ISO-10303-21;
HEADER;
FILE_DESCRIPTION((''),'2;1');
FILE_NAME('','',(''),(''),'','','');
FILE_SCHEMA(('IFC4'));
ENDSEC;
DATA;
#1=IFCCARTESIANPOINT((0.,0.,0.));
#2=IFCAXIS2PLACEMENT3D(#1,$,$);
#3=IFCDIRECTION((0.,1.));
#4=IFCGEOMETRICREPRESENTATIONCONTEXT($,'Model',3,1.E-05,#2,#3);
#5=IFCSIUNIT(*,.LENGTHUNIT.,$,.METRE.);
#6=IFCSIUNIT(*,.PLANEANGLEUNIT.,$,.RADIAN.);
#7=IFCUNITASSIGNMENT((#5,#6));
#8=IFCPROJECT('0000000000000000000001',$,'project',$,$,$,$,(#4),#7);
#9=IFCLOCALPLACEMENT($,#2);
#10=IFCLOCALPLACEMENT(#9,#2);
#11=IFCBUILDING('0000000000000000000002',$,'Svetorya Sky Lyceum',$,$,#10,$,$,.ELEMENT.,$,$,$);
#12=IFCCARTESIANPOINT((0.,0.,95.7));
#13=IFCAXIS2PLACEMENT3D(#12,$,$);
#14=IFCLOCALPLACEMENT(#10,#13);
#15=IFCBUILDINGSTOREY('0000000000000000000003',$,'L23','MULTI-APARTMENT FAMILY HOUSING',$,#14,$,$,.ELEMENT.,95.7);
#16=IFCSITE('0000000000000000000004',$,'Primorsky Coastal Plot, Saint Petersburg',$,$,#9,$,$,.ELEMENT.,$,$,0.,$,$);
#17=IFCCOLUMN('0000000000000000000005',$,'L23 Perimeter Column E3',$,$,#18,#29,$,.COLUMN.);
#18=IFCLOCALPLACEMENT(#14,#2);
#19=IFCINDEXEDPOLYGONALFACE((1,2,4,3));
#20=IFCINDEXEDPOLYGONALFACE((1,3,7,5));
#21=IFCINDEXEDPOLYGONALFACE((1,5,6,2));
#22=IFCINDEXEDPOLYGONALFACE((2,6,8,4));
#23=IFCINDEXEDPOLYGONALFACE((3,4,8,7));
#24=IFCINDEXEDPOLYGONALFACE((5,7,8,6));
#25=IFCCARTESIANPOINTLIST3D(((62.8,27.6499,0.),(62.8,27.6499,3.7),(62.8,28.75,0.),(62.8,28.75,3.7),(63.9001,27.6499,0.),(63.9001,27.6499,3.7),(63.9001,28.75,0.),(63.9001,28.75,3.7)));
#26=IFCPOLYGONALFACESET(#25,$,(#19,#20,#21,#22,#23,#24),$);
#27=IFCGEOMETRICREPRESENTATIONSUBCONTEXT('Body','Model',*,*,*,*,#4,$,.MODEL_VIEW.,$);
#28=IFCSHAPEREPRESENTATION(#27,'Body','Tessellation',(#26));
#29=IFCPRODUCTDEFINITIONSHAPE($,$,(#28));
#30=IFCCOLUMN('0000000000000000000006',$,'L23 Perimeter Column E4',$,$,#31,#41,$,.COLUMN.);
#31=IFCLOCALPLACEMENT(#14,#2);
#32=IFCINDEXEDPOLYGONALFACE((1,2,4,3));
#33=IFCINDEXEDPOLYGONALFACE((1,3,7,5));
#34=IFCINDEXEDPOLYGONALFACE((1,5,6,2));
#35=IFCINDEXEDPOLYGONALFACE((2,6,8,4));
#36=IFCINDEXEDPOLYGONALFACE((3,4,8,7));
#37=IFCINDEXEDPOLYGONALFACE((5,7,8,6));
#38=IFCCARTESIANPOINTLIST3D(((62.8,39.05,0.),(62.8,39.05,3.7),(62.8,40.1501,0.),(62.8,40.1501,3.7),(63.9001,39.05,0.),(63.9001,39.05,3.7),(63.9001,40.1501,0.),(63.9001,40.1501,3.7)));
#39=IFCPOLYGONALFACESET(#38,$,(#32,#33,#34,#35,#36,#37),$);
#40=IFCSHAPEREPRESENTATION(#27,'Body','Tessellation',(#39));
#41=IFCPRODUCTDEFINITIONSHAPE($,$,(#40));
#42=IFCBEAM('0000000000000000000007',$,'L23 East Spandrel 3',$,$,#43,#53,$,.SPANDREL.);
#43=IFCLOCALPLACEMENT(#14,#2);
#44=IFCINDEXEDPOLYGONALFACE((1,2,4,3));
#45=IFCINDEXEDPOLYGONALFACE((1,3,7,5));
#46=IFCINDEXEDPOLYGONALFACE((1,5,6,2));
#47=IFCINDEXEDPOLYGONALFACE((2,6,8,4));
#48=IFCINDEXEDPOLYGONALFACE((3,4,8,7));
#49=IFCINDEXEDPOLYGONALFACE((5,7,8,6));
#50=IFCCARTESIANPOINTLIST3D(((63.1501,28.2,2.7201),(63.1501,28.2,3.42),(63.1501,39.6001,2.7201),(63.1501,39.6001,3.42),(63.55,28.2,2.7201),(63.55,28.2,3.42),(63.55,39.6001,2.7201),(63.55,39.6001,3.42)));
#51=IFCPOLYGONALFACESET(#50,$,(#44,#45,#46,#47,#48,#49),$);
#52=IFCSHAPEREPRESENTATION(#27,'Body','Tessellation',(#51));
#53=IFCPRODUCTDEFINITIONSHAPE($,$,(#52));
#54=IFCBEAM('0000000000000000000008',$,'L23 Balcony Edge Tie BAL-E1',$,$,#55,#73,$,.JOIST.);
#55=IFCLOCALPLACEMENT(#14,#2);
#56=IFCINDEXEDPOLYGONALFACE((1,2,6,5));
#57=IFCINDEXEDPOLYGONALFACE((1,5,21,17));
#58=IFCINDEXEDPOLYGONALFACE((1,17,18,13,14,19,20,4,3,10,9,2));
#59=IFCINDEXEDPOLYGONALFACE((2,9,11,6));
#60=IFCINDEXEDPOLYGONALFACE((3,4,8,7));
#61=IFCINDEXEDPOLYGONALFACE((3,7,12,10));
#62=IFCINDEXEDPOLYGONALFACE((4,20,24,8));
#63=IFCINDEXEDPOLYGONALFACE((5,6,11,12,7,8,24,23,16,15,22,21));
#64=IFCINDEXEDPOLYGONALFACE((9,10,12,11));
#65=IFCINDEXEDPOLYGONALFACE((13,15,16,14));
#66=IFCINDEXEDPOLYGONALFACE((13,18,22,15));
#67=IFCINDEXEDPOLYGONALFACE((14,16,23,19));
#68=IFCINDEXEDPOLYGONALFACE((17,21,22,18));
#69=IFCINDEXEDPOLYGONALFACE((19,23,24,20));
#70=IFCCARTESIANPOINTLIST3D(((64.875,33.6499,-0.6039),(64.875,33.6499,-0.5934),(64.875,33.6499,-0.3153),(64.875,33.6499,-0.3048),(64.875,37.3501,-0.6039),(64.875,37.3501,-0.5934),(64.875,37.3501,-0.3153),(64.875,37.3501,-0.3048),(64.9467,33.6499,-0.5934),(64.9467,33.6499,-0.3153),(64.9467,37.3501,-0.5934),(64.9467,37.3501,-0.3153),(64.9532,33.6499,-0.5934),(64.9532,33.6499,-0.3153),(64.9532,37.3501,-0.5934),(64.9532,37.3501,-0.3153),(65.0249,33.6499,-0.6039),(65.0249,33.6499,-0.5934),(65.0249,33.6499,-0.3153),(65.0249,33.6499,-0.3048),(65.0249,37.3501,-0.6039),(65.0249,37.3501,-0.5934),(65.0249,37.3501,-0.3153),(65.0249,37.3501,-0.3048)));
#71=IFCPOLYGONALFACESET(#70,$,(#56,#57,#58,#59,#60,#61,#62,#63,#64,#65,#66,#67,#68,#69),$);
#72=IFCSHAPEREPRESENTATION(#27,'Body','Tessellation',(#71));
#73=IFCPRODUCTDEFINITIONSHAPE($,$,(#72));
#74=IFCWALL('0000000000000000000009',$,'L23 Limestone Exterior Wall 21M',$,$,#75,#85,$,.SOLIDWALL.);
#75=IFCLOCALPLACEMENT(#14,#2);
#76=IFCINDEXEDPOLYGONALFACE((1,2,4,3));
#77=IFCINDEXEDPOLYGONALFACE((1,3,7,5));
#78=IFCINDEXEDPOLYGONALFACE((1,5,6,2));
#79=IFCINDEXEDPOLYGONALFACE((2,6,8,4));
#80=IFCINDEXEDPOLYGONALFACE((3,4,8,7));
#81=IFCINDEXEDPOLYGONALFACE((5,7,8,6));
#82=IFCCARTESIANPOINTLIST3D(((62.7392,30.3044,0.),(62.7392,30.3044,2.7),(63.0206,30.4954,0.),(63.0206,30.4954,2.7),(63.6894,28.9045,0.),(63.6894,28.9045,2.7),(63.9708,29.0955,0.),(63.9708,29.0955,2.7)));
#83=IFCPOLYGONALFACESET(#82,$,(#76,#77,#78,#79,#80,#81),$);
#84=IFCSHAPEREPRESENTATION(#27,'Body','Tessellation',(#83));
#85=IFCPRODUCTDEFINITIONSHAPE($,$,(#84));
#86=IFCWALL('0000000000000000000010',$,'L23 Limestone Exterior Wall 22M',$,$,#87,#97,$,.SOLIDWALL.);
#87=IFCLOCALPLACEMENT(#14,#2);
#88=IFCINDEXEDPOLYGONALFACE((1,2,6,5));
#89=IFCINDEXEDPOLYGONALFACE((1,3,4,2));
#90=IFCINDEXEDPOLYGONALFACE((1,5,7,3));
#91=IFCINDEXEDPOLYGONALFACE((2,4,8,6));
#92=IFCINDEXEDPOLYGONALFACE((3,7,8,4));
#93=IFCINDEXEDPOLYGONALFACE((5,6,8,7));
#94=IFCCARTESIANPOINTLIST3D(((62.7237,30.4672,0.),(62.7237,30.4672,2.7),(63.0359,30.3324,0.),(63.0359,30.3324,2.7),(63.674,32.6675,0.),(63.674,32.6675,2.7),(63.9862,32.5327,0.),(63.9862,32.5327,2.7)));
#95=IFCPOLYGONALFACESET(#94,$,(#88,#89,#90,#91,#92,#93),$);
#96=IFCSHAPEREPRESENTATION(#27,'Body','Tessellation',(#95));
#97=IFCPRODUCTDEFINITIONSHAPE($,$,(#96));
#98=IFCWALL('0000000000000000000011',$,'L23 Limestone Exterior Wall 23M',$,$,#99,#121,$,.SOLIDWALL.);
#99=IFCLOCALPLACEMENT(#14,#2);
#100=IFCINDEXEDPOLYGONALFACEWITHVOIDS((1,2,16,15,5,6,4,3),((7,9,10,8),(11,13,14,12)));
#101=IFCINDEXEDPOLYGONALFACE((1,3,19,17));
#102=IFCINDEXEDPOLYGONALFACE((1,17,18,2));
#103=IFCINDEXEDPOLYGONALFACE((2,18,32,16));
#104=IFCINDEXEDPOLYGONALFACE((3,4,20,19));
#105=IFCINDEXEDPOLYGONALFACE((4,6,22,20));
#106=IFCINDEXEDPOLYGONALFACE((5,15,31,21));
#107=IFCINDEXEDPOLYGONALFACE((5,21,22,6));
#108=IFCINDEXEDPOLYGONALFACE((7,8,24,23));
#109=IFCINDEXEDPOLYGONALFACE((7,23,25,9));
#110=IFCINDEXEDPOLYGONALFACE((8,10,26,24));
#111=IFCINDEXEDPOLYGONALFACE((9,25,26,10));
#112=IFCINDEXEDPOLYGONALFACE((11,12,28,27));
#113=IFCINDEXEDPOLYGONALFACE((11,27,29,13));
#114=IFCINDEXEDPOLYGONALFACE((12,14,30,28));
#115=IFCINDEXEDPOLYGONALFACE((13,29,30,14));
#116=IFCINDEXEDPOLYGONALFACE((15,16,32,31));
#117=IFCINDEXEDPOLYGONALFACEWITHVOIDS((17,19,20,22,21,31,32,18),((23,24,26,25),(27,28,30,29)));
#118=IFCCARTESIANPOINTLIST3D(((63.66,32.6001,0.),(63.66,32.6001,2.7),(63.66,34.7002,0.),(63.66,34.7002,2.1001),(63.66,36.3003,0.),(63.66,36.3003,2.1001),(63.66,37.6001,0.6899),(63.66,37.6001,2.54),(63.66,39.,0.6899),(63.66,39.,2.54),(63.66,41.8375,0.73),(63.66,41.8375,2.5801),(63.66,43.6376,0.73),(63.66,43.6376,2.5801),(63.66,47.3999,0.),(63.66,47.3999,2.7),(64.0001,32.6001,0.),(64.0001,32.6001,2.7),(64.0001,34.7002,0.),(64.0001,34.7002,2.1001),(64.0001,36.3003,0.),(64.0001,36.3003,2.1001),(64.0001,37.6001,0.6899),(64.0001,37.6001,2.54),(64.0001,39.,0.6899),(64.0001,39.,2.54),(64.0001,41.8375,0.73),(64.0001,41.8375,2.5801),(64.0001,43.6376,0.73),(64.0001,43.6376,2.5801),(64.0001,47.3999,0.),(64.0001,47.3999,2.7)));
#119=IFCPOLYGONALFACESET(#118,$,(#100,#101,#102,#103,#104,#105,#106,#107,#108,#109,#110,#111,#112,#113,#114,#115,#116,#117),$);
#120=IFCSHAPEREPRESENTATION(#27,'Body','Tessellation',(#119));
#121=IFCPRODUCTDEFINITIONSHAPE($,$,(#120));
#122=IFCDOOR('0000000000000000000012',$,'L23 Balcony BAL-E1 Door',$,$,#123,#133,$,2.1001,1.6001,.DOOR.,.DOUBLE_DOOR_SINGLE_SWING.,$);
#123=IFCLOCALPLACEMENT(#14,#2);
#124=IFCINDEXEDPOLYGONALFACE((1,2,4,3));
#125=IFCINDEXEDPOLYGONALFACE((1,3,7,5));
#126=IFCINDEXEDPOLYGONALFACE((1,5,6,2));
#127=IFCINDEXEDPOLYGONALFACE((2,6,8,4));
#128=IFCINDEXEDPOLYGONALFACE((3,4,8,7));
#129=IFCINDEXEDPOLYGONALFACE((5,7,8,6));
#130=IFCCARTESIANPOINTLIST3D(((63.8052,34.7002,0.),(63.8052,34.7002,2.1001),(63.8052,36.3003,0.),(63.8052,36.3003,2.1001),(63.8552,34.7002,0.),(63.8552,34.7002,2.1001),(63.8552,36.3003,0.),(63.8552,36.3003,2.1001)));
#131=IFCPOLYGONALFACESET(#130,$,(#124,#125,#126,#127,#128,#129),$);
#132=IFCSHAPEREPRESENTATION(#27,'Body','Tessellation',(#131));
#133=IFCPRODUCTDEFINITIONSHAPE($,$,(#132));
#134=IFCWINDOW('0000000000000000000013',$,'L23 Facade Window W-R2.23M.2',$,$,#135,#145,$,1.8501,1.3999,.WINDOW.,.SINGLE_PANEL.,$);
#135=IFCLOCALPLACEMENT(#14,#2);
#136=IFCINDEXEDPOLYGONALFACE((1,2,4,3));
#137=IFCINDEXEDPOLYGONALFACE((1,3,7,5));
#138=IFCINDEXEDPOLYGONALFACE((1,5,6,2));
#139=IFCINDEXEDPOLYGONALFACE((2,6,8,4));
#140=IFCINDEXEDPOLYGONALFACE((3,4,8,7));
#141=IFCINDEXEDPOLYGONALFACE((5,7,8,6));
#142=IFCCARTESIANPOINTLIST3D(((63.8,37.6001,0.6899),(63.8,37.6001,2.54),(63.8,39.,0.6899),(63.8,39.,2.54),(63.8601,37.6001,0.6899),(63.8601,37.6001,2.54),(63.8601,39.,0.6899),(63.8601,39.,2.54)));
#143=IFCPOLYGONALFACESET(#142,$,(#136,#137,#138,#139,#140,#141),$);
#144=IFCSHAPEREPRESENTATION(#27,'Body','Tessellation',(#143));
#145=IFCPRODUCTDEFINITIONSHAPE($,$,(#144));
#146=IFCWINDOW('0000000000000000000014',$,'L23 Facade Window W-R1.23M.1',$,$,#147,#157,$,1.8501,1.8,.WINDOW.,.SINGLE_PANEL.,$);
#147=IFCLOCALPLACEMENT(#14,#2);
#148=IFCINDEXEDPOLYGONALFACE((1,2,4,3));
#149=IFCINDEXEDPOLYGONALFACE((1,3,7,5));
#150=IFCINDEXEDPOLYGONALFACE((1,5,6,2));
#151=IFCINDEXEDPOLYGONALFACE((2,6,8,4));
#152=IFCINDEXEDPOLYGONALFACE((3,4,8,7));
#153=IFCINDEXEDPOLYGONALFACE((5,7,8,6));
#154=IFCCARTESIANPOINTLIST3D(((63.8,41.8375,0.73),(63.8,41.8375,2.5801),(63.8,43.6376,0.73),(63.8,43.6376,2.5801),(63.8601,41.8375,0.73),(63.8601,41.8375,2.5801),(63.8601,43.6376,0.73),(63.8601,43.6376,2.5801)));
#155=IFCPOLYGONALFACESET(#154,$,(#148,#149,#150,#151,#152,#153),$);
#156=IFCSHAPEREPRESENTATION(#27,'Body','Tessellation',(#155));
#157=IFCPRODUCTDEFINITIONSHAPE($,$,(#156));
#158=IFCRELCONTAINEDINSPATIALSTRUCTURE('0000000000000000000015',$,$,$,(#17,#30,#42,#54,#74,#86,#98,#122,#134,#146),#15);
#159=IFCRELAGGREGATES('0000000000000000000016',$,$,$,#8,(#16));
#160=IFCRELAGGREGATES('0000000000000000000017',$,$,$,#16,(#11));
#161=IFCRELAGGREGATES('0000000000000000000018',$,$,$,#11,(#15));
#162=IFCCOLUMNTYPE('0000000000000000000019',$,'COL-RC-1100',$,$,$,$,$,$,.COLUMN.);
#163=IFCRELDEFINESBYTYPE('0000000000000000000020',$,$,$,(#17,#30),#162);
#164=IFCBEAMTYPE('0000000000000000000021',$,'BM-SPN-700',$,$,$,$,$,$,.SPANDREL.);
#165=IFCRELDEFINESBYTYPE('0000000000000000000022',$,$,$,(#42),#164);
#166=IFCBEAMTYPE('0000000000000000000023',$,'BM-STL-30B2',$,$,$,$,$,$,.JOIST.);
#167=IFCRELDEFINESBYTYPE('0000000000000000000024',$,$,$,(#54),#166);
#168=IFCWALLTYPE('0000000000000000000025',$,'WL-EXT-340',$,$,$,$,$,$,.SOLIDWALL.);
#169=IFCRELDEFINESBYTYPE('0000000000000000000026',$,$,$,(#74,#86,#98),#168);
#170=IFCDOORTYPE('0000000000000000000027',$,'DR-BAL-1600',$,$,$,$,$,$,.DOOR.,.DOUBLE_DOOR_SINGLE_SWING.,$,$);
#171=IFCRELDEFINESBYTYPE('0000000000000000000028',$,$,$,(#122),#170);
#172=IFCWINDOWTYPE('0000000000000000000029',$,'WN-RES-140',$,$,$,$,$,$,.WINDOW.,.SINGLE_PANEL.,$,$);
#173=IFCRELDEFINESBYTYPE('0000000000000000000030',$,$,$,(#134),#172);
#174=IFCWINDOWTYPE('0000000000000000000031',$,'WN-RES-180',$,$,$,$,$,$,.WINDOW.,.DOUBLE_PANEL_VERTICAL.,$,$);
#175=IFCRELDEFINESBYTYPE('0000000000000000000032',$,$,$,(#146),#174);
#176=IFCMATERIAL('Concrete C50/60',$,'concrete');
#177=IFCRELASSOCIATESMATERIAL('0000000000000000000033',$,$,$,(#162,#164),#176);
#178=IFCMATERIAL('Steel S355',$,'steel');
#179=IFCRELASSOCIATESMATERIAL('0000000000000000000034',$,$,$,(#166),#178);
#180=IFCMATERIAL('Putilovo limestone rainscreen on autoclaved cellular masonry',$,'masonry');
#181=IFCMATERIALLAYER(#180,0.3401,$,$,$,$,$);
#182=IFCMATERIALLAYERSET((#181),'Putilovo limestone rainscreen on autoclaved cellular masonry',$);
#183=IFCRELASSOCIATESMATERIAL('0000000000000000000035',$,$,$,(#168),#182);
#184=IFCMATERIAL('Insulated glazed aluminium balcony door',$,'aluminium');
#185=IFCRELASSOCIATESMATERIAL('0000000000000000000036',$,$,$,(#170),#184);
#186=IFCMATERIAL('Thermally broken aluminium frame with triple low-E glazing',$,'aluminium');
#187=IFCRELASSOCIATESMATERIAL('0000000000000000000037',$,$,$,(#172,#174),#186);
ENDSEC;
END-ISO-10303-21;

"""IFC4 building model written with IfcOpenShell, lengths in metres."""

from ifc_helpers import new_model, si_unit, direction, frame, frame_2d, origin, origin_2d, place, context, subcontext, project, spatial, rectangle, i_section, extrude, material, layer, layer_set, material_profile, profile_set, type_object, element, fill, save


model = new_model("IFC4")

# Units and contexts
model_context = context("Model", 3, precision=1e-05, world=origin(), true_north=direction((0.0, 1.0)))
body_context = subcontext(model_context, "Body", "Model", "MODEL_VIEW")
ifc_project = project(units=[si_unit("LENGTHUNIT", "METRE"), si_unit("PLANEANGLEUNIT", "RADIAN")], contexts=[model_context])

# Site, building, storey
site_placement = place(None, origin())
site = spatial("IfcSite", under=ifc_project, at=site_placement, Name="Primorsky Coastal Plot, Saint Petersburg", CompositionType="ELEMENT", RefElevation=0.0)
building_placement = place(site_placement, origin())
building = spatial("IfcBuilding", under=site, at=building_placement, Name="Svetorya Sky Lyceum", CompositionType="ELEMENT")
storey_placement = place(building_placement, frame((0.0, 0.0, 95.7)))
storey = spatial("IfcBuildingStorey", under=building, at=storey_placement, Name="L23", Description="MULTI-APARTMENT FAMILY HOUSING", CompositionType="ELEMENT", Elevation=95.7)

# Columns
ifc_material_1 = material(Name="Concrete C50/60", Category="concrete")
ifc_material_profile_1 = material_profile(ifc_material_1, rectangle(XDim=1.1001, YDim=1.1001, at=origin_2d()), Name="RC COL 1100x1100")
ifc_profile_set_1 = profile_set([ifc_material_profile_1], Name="Concrete C50/60")
column_type = type_object("IfcColumnType", Name="COL-RC-1100", PredefinedType="COLUMN", material=ifc_profile_set_1)
for number, where, z_axis, x_axis, name in (
    (1, (63.3501, 28.2, 0.0), (0.0, 0.0, 1.0), (1.0, 0.0, 0.0), "L23 Perimeter Column E3"),
    (2, (63.3501, 39.6001, 0.0), (0.0, 0.0, 1.0), (1.0, 0.0, 0.0), "L23 Perimeter Column E4"),
):
    element("IfcColumn", number, at=place(storey_placement, frame(where, z_axis=z_axis, x_axis=x_axis)), inside=storey, type_object=column_type, Name=name, PredefinedType="COLUMN", context=body_context, shape_type="SweptSolid", body=[
        extrude(rectangle(XDim=1.1001, YDim=1.1001, at=origin_2d()), origin(), (0.0, 0.0, 1.0), 3.7),
    ])

# Beams
ifc_material_profile_2 = material_profile(ifc_material_1, rectangle(XDim=0.3999, YDim=0.7, at=origin_2d()), Name="RC SPANDREL 400x700")
ifc_profile_set_2 = profile_set([ifc_material_profile_2], Name="Concrete C50/60")
beam_type_1 = type_object("IfcBeamType", Name="BM-SPN-700", PredefinedType="SPANDREL", material=ifc_profile_set_2)
beam_1_placement = place(storey_placement, frame((63.3501, 28.2, 3.0701), z_axis=(0.0, 1.0, 0.0), x_axis=(-1.0, 0.0, 0.0)))
element("IfcBeam", 3, at=beam_1_placement, inside=storey, type_object=beam_type_1, Name="L23 East Spandrel 3", PredefinedType="SPANDREL", context=body_context, shape_type="SweptSolid", body=[
    extrude(rectangle(XDim=0.3999, YDim=0.7, at=origin_2d()), origin(), (0.0, 0.0, 1.0), 11.4001),
])
ifc_material_2 = material(Name="Steel S355", Category="steel")
ifc_material_profile_3 = material_profile(ifc_material_2, i_section(OverallWidth=0.1499, OverallDepth=0.2991, WebThickness=0.0066, FlangeThickness=0.0105, at=origin_2d()), Name="GOST 30B2")
ifc_profile_set_3 = profile_set([ifc_material_profile_3], Name="Steel S355")
beam_type_2 = type_object("IfcBeamType", Name="BM-STL-30B2", PredefinedType="JOIST", material=ifc_profile_set_3)
beam_2_placement = place(storey_placement, frame((64.95, 33.6499, -0.4543), z_axis=(0.0, 1.0, 0.0), x_axis=(-1.0, 0.0, 0.0)))
element("IfcBeam", 4, at=beam_2_placement, inside=storey, type_object=beam_type_2, Name="L23 Balcony Edge Tie BAL-E1", PredefinedType="JOIST", context=body_context, shape_type="SweptSolid", body=[
    extrude(i_section(OverallWidth=0.1499, OverallDepth=0.2991, WebThickness=0.0066, FlangeThickness=0.0105, at=origin_2d()), origin(), (0.0, 0.0, 1.0), 3.7002),
])

# Walls
ifc_material_3 = material(Name="Putilovo limestone rainscreen on autoclaved cellular masonry", Category="masonry")
ifc_layer_1 = layer(ifc_material_3, 0.3401)
ifc_layer_set_1 = layer_set([ifc_layer_1], Name="Putilovo limestone rainscreen on autoclaved cellular masonry")
wall_type_1 = type_object("IfcWallType", Name="WL-EXT-340", PredefinedType="SOLIDWALL", material=ifc_layer_set_1)
wall_1_placement = place(storey_placement, frame((63.8301, 29.0, 0.0), z_axis=(0.0, 0.0, 1.0), x_axis=(-0.561607, 0.827404, 0.0)))
element("IfcWall", 5, at=wall_1_placement, inside=storey, type_object=wall_type_1, Name="L23 Limestone Exterior Wall 21M", PredefinedType="SOLIDWALL", context=body_context, shape_type="SweptSolid", body=[
    extrude(rectangle(XDim=1.6919, YDim=0.3401, at=frame_2d((0.8459, 0.0))), origin(), (0.0, 0.0, 1.0), 2.7),
])
wall_2_placement = place(storey_placement, frame((62.8799, 30.3999, 0.0), z_axis=(0.0, 0.0, 1.0), x_axis=(0.396475, 0.918046, 0.0)))
element("IfcWall", 6, at=wall_2_placement, inside=storey, type_object=wall_type_1, Name="L23 Limestone Exterior Wall 22M", PredefinedType="SOLIDWALL", context=body_context, shape_type="SweptSolid", body=[
    extrude(rectangle(XDim=2.3967, YDim=0.3401, at=frame_2d((1.1982, 0.0))), origin(), (0.0, 0.0, 1.0), 2.7),
])

# Wall, openings, door, windows
wall_3_placement = place(storey_placement, frame((63.8301, 32.6001, 0.0), z_axis=(0.0, 0.0, 1.0), x_axis=(0.0, 1.0, 0.0)))
wall_3 = element("IfcWall", 7, at=wall_3_placement, inside=storey, type_object=wall_type_1, Name="L23 Limestone Exterior Wall 23M", PredefinedType="SOLIDWALL", context=body_context, shape_type="SweptSolid", body=[
    extrude(rectangle(XDim=14.7998, YDim=0.3401, at=frame_2d((7.3999, 0.0))), origin(), (0.0, 0.0, 1.0), 2.7),
])
opening_1_placement = place(wall_3_placement, frame((2.1001, 0.0, 0.0)))
opening_1 = element("IfcOpeningElement", 8, at=opening_1_placement, cuts=wall_3, PredefinedType="OPENING", context=body_context, shape_type="SweptSolid", body=[
    extrude(rectangle(XDim=1.6001, YDim=2.1001, at=frame_2d((0.8, 1.05))), frame((0.0, 0.1799, 0.0), z_axis=(0.0, -1.0, 0.0), x_axis=(1.0, 0.0, 0.0)), (0.0, 0.0, 1.0), 0.3601),
])
opening_2_placement = place(wall_3_placement, frame((5.0, 0.0, 0.6899)))
opening_2 = element("IfcOpeningElement", 9, at=opening_2_placement, cuts=wall_3, PredefinedType="OPENING", context=body_context, shape_type="SweptSolid", body=[
    extrude(rectangle(XDim=1.3999, YDim=1.8501, at=frame_2d((0.7, 0.925))), frame((0.0, 0.1799, 0.0), z_axis=(0.0, -1.0, 0.0), x_axis=(1.0, 0.0, 0.0)), (0.0, 0.0, 1.0), 0.3601),
])
opening_3_placement = place(wall_3_placement, frame((9.2375, 0.0, 0.73)))
opening_3 = element("IfcOpeningElement", 10, at=opening_3_placement, cuts=wall_3, PredefinedType="OPENING", context=body_context, shape_type="SweptSolid", body=[
    extrude(rectangle(XDim=1.8, YDim=1.8501, at=frame_2d((0.8999, 0.925))), frame((0.0, 0.1799, 0.0), z_axis=(0.0, -1.0, 0.0), x_axis=(1.0, 0.0, 0.0)), (0.0, 0.0, 1.0), 0.3601),
])
ifc_material_4 = material(Name="Insulated glazed aluminium balcony door", Category="aluminium")
door_type_1 = type_object("IfcDoorType", Name="DR-BAL-1600", OperationType="DOUBLE_DOOR_SINGLE_SWING", PredefinedType="DOOR", material=ifc_material_4)
door_1_placement = place(opening_1_placement, origin())
door_1 = element("IfcDoor", 11, at=door_1_placement, inside=storey, type_object=door_type_1, Name="L23 Balcony BAL-E1 Door", OperationType="DOUBLE_DOOR_SINGLE_SWING", OverallHeight=2.1001, OverallWidth=1.6001, PredefinedType="DOOR", context=body_context, shape_type="SweptSolid", body=[
    extrude(rectangle(XDim=1.6001, YDim=2.1001, at=frame_2d((0.8, 1.05))), frame((0.0, 0.0249, 0.0), z_axis=(0.0, -1.0, 0.0), x_axis=(1.0, 0.0, 0.0)), (0.0, 0.0, 1.0), 0.05),
])
fill(opening_1, door_1)
ifc_material_5 = material(Name="Thermally broken aluminium frame with triple low-E glazing", Category="aluminium")
window_type_1 = type_object("IfcWindowType", Name="WN-RES-140", PartitioningType="SINGLE_PANEL", PredefinedType="WINDOW", material=ifc_material_5)
window_1_placement = place(opening_2_placement, origin())
window_1 = element("IfcWindow", 12, at=window_1_placement, inside=storey, type_object=window_type_1, Name="L23 Facade Window W-R2.23M.2", OverallHeight=1.8501, OverallWidth=1.3999, PartitioningType="SINGLE_PANEL", PredefinedType="WINDOW", context=body_context, shape_type="SweptSolid", body=[
    extrude(rectangle(XDim=1.3999, YDim=1.8501, at=frame_2d((0.7, 0.925))), frame((0.0, 0.03, 0.0), z_axis=(0.0, -1.0, 0.0), x_axis=(1.0, 0.0, 0.0)), (0.0, 0.0, 1.0), 0.0601),
])
fill(opening_2, window_1)
window_type_2 = type_object("IfcWindowType", Name="WN-RES-180", PartitioningType="DOUBLE_PANEL_VERTICAL", PredefinedType="WINDOW", material=ifc_material_5)
window_2_placement = place(opening_3_placement, origin())
window_2 = element("IfcWindow", 13, at=window_2_placement, inside=storey, type_object=window_type_2, Name="L23 Facade Window W-R1.23M.1", OverallHeight=1.8501, OverallWidth=1.8, PartitioningType="SINGLE_PANEL", PredefinedType="WINDOW", context=body_context, shape_type="SweptSolid", body=[
    extrude(rectangle(XDim=1.8, YDim=1.8501, at=frame_2d((0.8999, 0.925))), frame((0.0, 0.03, 0.0), z_axis=(0.0, -1.0, 0.0), x_axis=(1.0, 0.0, 0.0)), (0.0, 0.0, 1.0), 0.0601),
])
fill(opening_3, window_2)

save(model, "model.ifc")
